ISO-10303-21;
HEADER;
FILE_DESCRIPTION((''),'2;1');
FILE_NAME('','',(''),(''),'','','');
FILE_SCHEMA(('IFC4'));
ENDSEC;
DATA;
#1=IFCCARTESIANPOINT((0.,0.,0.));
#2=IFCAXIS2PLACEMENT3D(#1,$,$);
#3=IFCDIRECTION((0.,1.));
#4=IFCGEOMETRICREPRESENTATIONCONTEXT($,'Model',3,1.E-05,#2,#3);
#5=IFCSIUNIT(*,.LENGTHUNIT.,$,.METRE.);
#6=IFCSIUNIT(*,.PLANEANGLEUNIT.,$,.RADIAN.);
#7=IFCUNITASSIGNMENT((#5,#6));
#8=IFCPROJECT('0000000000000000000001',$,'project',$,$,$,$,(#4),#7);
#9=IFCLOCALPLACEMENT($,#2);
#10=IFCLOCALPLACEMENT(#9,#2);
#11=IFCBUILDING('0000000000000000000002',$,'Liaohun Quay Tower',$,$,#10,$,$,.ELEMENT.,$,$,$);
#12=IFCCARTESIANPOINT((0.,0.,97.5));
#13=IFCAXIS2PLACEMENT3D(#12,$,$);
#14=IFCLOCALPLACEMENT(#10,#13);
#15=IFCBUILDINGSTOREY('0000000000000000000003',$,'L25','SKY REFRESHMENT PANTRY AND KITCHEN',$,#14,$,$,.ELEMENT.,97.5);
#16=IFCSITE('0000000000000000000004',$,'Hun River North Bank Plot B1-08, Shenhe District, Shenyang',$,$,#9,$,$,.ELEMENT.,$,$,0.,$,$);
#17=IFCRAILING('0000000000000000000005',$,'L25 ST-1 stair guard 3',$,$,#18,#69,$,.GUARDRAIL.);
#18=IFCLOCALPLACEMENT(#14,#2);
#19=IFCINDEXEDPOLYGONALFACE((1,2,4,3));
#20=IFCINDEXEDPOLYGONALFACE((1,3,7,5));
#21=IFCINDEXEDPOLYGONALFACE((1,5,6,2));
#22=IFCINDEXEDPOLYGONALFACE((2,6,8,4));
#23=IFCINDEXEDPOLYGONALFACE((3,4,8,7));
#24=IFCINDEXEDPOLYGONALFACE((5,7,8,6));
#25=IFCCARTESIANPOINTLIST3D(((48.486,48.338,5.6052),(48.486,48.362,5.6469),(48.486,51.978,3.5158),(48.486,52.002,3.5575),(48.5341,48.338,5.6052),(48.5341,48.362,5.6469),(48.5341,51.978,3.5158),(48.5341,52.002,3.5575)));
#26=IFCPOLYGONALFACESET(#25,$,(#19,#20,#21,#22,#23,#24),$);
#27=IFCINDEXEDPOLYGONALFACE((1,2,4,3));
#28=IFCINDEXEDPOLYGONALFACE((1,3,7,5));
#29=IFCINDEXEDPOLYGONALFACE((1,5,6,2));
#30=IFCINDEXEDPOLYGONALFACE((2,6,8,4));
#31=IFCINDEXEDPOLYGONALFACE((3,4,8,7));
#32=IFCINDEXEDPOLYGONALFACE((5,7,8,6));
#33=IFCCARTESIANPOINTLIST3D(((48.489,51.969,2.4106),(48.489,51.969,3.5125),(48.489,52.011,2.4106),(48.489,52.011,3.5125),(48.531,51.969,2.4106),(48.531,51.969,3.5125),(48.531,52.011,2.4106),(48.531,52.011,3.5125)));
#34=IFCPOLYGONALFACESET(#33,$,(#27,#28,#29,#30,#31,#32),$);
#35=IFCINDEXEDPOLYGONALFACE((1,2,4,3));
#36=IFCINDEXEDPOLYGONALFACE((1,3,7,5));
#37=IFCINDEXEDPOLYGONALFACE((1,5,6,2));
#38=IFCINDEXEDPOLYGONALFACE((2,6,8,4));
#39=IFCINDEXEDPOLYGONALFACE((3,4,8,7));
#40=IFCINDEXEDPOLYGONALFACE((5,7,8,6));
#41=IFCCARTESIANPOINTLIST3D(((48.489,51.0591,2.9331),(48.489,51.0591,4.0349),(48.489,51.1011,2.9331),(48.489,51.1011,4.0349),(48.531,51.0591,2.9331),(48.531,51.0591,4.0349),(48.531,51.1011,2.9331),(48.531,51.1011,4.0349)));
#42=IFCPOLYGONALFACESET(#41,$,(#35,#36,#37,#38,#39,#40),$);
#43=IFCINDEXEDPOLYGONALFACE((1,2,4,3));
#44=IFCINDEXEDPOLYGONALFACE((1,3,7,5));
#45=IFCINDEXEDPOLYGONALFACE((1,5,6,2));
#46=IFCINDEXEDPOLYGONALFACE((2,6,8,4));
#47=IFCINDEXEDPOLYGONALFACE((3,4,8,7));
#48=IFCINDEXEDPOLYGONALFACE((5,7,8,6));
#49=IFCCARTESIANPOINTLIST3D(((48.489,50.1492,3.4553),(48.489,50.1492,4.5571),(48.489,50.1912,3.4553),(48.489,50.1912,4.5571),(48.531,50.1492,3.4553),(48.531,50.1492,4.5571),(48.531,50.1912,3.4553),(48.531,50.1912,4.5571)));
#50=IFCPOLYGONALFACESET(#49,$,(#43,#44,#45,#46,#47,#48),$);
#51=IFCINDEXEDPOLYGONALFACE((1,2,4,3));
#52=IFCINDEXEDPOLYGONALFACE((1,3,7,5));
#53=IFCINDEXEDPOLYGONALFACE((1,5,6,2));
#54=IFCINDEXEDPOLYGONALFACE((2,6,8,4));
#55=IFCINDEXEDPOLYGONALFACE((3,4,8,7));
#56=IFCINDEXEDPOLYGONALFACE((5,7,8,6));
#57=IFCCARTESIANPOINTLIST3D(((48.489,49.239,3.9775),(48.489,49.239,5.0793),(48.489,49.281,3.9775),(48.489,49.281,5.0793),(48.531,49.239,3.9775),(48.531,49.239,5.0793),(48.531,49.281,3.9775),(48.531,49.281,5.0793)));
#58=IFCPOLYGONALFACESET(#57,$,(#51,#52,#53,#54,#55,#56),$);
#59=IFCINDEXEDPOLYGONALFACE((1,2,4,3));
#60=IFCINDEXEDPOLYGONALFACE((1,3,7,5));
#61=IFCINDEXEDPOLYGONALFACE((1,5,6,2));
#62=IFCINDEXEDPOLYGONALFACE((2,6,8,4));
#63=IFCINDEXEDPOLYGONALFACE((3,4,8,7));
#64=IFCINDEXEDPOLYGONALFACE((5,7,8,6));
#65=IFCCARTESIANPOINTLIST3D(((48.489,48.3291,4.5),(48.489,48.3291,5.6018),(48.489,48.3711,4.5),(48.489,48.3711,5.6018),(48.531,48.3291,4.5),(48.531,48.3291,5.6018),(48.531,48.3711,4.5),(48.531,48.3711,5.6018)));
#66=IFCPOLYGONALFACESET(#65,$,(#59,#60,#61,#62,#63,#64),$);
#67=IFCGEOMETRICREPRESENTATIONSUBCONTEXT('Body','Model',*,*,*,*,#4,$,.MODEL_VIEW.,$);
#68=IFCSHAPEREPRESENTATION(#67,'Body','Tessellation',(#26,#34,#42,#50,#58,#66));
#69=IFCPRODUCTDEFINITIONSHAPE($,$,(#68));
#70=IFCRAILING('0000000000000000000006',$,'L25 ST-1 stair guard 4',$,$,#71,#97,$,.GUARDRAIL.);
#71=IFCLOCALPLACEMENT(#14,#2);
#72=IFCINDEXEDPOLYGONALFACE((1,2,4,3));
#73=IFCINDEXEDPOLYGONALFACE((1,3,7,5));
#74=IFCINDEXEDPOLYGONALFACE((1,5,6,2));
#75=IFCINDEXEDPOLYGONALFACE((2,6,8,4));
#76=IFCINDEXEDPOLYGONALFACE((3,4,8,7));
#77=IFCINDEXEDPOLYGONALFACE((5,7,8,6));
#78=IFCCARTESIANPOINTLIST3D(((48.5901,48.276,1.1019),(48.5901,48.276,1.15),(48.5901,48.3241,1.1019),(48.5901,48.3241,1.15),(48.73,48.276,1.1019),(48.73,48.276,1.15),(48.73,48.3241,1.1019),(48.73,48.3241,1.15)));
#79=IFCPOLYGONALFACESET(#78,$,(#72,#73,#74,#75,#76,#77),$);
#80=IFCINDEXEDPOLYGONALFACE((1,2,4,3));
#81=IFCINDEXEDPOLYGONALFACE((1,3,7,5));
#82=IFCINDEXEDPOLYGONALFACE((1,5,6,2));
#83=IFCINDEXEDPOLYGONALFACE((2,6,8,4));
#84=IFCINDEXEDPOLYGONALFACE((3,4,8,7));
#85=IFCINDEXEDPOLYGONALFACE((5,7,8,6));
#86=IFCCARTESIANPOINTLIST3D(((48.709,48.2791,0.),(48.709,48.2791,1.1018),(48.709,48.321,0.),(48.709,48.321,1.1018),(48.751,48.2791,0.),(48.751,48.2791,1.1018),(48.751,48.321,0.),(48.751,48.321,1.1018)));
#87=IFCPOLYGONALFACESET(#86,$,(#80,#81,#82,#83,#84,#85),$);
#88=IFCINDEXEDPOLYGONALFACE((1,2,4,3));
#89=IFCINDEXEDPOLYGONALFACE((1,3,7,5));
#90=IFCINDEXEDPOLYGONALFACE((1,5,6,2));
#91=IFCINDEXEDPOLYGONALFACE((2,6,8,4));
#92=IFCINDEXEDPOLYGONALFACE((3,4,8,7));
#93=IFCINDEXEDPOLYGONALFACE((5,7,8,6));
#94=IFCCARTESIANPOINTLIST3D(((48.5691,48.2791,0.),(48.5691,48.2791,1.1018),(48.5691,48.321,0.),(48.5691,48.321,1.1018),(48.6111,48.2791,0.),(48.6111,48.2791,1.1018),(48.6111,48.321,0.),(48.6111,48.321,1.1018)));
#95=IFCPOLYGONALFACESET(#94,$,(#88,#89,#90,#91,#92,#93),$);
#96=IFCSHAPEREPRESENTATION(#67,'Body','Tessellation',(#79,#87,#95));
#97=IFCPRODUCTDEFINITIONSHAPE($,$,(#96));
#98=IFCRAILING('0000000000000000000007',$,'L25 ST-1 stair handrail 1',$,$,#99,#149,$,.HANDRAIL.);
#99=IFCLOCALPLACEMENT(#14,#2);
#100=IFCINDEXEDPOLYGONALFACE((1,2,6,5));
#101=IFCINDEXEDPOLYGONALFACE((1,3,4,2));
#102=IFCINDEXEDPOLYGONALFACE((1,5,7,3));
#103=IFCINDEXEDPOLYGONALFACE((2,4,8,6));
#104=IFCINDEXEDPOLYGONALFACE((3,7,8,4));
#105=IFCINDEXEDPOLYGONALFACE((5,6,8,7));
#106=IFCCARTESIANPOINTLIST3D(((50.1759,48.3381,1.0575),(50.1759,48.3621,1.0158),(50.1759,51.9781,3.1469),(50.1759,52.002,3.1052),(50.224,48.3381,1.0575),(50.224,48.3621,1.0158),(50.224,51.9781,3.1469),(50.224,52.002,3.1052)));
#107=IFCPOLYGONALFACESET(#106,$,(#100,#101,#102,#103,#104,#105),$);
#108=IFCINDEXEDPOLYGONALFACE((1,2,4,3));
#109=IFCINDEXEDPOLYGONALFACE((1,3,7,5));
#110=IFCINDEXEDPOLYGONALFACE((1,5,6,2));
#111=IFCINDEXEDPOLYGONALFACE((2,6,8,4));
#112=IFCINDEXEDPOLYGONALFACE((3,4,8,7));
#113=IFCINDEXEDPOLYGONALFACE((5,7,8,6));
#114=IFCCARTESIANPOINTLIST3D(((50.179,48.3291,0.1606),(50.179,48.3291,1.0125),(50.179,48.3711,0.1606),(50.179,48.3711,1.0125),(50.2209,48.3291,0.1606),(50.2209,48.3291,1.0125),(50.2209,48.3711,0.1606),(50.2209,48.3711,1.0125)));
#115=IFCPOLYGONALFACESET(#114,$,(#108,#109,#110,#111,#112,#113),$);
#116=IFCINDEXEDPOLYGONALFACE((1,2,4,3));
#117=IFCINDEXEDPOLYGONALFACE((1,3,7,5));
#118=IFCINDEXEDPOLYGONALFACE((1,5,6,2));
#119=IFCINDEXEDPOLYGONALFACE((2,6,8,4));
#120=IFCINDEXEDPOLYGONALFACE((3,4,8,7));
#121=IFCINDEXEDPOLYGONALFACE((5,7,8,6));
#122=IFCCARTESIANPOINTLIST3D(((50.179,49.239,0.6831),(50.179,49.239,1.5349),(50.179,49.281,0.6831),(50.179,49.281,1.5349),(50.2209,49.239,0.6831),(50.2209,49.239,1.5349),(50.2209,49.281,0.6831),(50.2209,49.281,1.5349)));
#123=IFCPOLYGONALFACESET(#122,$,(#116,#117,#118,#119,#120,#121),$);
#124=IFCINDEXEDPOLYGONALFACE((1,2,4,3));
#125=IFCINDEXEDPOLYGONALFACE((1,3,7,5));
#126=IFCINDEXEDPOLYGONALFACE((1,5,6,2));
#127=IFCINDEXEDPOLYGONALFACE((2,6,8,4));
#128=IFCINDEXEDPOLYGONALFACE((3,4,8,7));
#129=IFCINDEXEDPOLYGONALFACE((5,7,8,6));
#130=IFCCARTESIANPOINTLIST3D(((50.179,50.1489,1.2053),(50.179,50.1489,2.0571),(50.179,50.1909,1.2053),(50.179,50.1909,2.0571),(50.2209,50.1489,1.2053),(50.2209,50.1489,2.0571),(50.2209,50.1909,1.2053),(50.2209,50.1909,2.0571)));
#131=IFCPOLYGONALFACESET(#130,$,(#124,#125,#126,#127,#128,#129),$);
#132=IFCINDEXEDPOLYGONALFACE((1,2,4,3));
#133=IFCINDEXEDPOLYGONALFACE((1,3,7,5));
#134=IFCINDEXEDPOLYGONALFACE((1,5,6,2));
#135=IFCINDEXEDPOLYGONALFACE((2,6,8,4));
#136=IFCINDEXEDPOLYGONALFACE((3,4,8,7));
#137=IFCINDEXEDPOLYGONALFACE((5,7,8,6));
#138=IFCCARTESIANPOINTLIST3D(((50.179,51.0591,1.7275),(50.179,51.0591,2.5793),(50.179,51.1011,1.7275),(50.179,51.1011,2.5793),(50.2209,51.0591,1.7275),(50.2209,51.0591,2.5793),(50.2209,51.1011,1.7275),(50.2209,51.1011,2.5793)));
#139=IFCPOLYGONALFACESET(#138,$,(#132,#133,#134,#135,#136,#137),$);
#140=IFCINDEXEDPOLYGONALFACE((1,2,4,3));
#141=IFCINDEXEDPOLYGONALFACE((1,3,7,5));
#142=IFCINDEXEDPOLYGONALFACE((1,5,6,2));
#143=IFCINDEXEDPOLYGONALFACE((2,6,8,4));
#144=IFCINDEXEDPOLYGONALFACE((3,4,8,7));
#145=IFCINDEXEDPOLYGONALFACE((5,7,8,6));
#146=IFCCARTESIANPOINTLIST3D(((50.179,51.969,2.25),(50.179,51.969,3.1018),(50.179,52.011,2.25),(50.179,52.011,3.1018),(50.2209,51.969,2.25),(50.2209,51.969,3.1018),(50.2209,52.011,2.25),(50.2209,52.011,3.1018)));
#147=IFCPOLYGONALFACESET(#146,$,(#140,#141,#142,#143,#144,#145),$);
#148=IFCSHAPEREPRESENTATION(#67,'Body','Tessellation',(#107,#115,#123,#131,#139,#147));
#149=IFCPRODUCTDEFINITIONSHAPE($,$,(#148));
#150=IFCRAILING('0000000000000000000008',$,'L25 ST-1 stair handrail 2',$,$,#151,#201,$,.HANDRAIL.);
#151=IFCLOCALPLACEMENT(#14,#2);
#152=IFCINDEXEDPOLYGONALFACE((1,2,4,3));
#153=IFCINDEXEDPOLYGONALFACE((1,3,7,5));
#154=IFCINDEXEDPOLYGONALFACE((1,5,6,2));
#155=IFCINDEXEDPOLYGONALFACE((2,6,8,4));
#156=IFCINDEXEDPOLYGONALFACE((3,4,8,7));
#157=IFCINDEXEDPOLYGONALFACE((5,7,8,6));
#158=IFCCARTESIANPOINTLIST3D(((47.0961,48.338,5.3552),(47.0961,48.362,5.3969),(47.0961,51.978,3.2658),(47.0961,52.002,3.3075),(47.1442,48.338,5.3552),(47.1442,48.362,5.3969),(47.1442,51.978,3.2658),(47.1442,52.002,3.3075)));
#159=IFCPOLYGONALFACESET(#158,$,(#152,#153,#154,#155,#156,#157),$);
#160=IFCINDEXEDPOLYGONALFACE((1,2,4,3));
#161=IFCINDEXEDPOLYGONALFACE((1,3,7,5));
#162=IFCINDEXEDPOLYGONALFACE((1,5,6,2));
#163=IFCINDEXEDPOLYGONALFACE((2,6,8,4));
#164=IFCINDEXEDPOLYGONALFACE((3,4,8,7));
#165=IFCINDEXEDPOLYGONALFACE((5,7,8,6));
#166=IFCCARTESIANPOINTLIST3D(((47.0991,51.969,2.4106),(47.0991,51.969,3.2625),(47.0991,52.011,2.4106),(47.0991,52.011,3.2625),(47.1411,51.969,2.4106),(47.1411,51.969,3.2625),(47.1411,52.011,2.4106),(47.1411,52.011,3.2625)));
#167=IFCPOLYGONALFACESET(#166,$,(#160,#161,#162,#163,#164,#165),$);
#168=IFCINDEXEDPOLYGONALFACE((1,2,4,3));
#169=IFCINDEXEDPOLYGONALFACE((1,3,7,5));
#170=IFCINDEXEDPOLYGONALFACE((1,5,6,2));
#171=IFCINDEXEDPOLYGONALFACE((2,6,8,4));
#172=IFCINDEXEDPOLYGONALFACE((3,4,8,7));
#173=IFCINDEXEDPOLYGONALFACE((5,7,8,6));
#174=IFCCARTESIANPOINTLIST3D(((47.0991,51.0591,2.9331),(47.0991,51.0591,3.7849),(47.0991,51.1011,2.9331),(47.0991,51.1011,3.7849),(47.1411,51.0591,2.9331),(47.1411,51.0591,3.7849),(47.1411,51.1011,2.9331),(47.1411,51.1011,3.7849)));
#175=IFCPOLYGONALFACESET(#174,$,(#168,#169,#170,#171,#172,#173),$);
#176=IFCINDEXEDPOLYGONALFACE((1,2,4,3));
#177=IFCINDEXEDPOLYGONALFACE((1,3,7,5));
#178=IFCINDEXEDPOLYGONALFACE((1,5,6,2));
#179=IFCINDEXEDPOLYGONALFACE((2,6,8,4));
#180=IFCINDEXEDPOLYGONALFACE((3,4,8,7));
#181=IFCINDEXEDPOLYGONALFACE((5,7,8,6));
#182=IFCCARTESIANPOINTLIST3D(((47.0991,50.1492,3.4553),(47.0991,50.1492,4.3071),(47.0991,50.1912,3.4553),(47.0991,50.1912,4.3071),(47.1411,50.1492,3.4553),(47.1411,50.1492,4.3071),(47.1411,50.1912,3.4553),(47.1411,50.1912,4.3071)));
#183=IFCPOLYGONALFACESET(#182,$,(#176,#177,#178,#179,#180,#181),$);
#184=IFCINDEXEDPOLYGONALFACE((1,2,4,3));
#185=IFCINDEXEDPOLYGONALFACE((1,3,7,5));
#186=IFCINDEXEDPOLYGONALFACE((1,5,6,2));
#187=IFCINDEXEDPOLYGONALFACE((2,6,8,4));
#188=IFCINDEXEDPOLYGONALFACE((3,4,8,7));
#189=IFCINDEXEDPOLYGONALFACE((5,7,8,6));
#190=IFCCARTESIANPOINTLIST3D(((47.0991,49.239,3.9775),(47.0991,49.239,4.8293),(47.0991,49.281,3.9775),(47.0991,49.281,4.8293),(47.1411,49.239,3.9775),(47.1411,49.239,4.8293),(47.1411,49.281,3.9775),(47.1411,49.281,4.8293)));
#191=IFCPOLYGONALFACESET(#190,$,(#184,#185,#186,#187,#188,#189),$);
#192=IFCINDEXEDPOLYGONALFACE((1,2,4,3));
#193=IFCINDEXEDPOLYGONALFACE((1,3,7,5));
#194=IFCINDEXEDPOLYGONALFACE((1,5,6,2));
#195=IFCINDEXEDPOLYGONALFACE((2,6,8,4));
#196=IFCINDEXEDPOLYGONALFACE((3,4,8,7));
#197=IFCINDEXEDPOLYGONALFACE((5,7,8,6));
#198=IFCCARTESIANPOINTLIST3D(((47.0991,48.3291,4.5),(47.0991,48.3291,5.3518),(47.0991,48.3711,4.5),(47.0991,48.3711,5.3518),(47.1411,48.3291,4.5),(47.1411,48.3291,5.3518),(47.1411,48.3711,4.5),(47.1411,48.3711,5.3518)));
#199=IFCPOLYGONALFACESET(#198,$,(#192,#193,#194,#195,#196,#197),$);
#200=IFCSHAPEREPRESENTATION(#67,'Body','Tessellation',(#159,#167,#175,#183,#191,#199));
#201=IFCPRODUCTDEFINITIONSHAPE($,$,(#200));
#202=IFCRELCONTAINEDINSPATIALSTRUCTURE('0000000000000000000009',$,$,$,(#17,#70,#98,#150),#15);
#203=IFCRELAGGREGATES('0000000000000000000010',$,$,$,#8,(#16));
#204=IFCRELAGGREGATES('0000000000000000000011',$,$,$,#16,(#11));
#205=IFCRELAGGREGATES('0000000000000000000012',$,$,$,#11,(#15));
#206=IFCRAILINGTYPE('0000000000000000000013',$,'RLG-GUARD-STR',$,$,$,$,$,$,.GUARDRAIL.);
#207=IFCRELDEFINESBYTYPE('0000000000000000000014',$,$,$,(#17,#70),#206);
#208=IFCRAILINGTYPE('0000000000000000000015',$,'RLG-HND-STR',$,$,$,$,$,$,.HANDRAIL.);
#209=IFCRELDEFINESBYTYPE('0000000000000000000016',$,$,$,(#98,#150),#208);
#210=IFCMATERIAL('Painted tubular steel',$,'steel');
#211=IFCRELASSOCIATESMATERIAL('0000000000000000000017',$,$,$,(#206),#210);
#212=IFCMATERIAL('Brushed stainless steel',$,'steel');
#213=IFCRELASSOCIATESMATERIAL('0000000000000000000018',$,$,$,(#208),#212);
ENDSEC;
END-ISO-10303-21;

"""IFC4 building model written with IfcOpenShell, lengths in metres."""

from ifc_helpers import new_model, si_unit, direction, frame, origin, origin_2d, place, context, subcontext, project, spatial, rectangle, extrude, material, type_object, element, save


model = new_model("IFC4")

# Units and contexts
model_context = context("Model", 3, precision=1e-05, world=origin(), true_north=direction((0.0, 1.0)))
body_context = subcontext(model_context, "Body", "Model", "MODEL_VIEW")
ifc_project = project(units=[si_unit("LENGTHUNIT", "METRE"), si_unit("PLANEANGLEUNIT", "RADIAN")], contexts=[model_context])

# Site, building, storey
site_placement = place(None, origin())
site = spatial("IfcSite", under=ifc_project, at=site_placement, Name="Hun River North Bank Plot B1-08, Shenhe District, Shenyang", CompositionType="ELEMENT", RefElevation=0.0)
building_placement = place(site_placement, origin())
building = spatial("IfcBuilding", under=site, at=building_placement, Name="Liaohun Quay Tower", CompositionType="ELEMENT")
storey_placement = place(building_placement, frame((0.0, 0.0, 97.5)))
storey = spatial("IfcBuildingStorey", under=building, at=storey_placement, Name="L25", Description="SKY REFRESHMENT PANTRY AND KITCHEN", CompositionType="ELEMENT", Elevation=97.5)

# Railings
ifc_material_1 = material(Name="Painted tubular steel", Category="steel")
railing_type_1 = type_object("IfcRailingType", Name="RLG-GUARD-STR", PredefinedType="GUARDRAIL", material=ifc_material_1)
railing_1_placement = place(storey_placement, frame((48.51, 51.99, 2.4106)))
element("IfcRailing", 1, at=railing_1_placement, inside=storey, type_object=railing_type_1, Name="L25 ST-1 stair guard 3", PredefinedType="GUARDRAIL", context=body_context, shape_type="SweptSolid", body=[
    extrude(rectangle(XDim=0.0481, YDim=0.0481, at=origin_2d()), frame((0.0, 0.0, 1.126), z_axis=(0.0, -0.867275, 0.497829), x_axis=(1.0, 0.0, 0.0)), (0.0, 0.0, 1.0), 4.197),
    extrude(rectangle(XDim=0.042, YDim=0.042, at=origin_2d()), origin(), (0.0, 0.0, 1.0), 1.1018),
    extrude(rectangle(XDim=0.042, YDim=0.042, at=origin_2d()), frame((0.0, -0.9099, 0.5225)), (0.0, 0.0, 1.0), 1.1018),
    extrude(rectangle(XDim=0.042, YDim=0.042, at=origin_2d()), frame((0.0, -1.8198, 1.0447)), (0.0, 0.0, 1.0), 1.1018),
    extrude(rectangle(XDim=0.042, YDim=0.042, at=origin_2d()), frame((0.0, -2.73, 1.5669)), (0.0, 0.0, 1.0), 1.1018),
    extrude(rectangle(XDim=0.042, YDim=0.042, at=origin_2d()), frame((0.0, -3.6399, 2.0894)), (0.0, 0.0, 1.0), 1.1018),
])
railing_2_placement = place(storey_placement, frame((48.73, 48.3, 0.0)))
element("IfcRailing", 2, at=railing_2_placement, inside=storey, type_object=railing_type_1, Name="L25 ST-1 stair guard 4", PredefinedType="GUARDRAIL", context=body_context, shape_type="SweptSolid", body=[
    extrude(rectangle(XDim=0.0481, YDim=0.0481, at=origin_2d()), frame((0.0, 0.0, 1.126), z_axis=(-1.0, 0.0, 0.0), x_axis=(0.0, -1.0, 0.0)), (0.0, 0.0, 1.0), 0.1399),
    extrude(rectangle(XDim=0.042, YDim=0.042, at=origin_2d()), origin(), (0.0, 0.0, 1.0), 1.1018),
    extrude(rectangle(XDim=0.042, YDim=0.042, at=origin_2d()), frame((-0.1399, 0.0, 0.0)), (0.0, 0.0, 1.0), 1.1018),
])
ifc_material_2 = material(Name="Brushed stainless steel", Category="steel")
railing_type_2 = type_object("IfcRailingType", Name="RLG-HND-STR", PredefinedType="HANDRAIL", material=ifc_material_2)
railing_3_placement = place(storey_placement, frame((50.2, 48.3501, 0.1606)))
element("IfcRailing", 3, at=railing_3_placement, inside=storey, type_object=railing_type_2, Name="L25 ST-1 stair handrail 1", PredefinedType="HANDRAIL", context=body_context, shape_type="SweptSolid", body=[
    extrude(rectangle(XDim=0.0481, YDim=0.0481, at=origin_2d()), frame((0.0, 0.0, 0.876), z_axis=(0.0, 0.867275, 0.497829), x_axis=(-1.0, 0.0, 0.0)), (0.0, 0.0, 1.0), 4.197),
    extrude(rectangle(XDim=0.042, YDim=0.042, at=origin_2d()), origin(), (0.0, 0.0, 1.0), 0.8518),
    extrude(rectangle(XDim=0.042, YDim=0.042, at=origin_2d()), frame((0.0, 0.9099, 0.5225)), (0.0, 0.0, 1.0), 0.8518),
    extrude(rectangle(XDim=0.042, YDim=0.042, at=origin_2d()), frame((0.0, 1.8198, 1.0447)), (0.0, 0.0, 1.0), 0.8518),
    extrude(rectangle(XDim=0.042, YDim=0.042, at=origin_2d()), frame((0.0, 2.73, 1.5669)), (0.0, 0.0, 1.0), 0.8518),
    extrude(rectangle(XDim=0.042, YDim=0.042, at=origin_2d()), frame((0.0, 3.6399, 2.0894)), (0.0, 0.0, 1.0), 0.8518),
])
railing_4_placement = place(storey_placement, frame((47.1201, 51.99, 2.4106)))
element("IfcRailing", 4, at=railing_4_placement, inside=storey, type_object=railing_type_2, Name="L25 ST-1 stair handrail 2", PredefinedType="HANDRAIL", context=body_context, shape_type="SweptSolid", body=[
    extrude(rectangle(XDim=0.0481, YDim=0.0481, at=origin_2d()), frame((0.0, 0.0, 0.876), z_axis=(0.0, -0.867275, 0.497829), x_axis=(1.0, 0.0, 0.0)), (0.0, 0.0, 1.0), 4.197),
    extrude(rectangle(XDim=0.042, YDim=0.042, at=origin_2d()), origin(), (0.0, 0.0, 1.0), 0.8518),
    extrude(rectangle(XDim=0.042, YDim=0.042, at=origin_2d()), frame((0.0, -0.9099, 0.5225)), (0.0, 0.0, 1.0), 0.8518),
    extrude(rectangle(XDim=0.042, YDim=0.042, at=origin_2d()), frame((0.0, -1.8198, 1.0447)), (0.0, 0.0, 1.0), 0.8518),
    extrude(rectangle(XDim=0.042, YDim=0.042, at=origin_2d()), frame((0.0, -2.73, 1.5669)), (0.0, 0.0, 1.0), 0.8518),
    extrude(rectangle(XDim=0.042, YDim=0.042, at=origin_2d()), frame((0.0, -3.6399, 2.0894)), (0.0, 0.0, 1.0), 0.8518),
])

save(model, "model.ifc")
